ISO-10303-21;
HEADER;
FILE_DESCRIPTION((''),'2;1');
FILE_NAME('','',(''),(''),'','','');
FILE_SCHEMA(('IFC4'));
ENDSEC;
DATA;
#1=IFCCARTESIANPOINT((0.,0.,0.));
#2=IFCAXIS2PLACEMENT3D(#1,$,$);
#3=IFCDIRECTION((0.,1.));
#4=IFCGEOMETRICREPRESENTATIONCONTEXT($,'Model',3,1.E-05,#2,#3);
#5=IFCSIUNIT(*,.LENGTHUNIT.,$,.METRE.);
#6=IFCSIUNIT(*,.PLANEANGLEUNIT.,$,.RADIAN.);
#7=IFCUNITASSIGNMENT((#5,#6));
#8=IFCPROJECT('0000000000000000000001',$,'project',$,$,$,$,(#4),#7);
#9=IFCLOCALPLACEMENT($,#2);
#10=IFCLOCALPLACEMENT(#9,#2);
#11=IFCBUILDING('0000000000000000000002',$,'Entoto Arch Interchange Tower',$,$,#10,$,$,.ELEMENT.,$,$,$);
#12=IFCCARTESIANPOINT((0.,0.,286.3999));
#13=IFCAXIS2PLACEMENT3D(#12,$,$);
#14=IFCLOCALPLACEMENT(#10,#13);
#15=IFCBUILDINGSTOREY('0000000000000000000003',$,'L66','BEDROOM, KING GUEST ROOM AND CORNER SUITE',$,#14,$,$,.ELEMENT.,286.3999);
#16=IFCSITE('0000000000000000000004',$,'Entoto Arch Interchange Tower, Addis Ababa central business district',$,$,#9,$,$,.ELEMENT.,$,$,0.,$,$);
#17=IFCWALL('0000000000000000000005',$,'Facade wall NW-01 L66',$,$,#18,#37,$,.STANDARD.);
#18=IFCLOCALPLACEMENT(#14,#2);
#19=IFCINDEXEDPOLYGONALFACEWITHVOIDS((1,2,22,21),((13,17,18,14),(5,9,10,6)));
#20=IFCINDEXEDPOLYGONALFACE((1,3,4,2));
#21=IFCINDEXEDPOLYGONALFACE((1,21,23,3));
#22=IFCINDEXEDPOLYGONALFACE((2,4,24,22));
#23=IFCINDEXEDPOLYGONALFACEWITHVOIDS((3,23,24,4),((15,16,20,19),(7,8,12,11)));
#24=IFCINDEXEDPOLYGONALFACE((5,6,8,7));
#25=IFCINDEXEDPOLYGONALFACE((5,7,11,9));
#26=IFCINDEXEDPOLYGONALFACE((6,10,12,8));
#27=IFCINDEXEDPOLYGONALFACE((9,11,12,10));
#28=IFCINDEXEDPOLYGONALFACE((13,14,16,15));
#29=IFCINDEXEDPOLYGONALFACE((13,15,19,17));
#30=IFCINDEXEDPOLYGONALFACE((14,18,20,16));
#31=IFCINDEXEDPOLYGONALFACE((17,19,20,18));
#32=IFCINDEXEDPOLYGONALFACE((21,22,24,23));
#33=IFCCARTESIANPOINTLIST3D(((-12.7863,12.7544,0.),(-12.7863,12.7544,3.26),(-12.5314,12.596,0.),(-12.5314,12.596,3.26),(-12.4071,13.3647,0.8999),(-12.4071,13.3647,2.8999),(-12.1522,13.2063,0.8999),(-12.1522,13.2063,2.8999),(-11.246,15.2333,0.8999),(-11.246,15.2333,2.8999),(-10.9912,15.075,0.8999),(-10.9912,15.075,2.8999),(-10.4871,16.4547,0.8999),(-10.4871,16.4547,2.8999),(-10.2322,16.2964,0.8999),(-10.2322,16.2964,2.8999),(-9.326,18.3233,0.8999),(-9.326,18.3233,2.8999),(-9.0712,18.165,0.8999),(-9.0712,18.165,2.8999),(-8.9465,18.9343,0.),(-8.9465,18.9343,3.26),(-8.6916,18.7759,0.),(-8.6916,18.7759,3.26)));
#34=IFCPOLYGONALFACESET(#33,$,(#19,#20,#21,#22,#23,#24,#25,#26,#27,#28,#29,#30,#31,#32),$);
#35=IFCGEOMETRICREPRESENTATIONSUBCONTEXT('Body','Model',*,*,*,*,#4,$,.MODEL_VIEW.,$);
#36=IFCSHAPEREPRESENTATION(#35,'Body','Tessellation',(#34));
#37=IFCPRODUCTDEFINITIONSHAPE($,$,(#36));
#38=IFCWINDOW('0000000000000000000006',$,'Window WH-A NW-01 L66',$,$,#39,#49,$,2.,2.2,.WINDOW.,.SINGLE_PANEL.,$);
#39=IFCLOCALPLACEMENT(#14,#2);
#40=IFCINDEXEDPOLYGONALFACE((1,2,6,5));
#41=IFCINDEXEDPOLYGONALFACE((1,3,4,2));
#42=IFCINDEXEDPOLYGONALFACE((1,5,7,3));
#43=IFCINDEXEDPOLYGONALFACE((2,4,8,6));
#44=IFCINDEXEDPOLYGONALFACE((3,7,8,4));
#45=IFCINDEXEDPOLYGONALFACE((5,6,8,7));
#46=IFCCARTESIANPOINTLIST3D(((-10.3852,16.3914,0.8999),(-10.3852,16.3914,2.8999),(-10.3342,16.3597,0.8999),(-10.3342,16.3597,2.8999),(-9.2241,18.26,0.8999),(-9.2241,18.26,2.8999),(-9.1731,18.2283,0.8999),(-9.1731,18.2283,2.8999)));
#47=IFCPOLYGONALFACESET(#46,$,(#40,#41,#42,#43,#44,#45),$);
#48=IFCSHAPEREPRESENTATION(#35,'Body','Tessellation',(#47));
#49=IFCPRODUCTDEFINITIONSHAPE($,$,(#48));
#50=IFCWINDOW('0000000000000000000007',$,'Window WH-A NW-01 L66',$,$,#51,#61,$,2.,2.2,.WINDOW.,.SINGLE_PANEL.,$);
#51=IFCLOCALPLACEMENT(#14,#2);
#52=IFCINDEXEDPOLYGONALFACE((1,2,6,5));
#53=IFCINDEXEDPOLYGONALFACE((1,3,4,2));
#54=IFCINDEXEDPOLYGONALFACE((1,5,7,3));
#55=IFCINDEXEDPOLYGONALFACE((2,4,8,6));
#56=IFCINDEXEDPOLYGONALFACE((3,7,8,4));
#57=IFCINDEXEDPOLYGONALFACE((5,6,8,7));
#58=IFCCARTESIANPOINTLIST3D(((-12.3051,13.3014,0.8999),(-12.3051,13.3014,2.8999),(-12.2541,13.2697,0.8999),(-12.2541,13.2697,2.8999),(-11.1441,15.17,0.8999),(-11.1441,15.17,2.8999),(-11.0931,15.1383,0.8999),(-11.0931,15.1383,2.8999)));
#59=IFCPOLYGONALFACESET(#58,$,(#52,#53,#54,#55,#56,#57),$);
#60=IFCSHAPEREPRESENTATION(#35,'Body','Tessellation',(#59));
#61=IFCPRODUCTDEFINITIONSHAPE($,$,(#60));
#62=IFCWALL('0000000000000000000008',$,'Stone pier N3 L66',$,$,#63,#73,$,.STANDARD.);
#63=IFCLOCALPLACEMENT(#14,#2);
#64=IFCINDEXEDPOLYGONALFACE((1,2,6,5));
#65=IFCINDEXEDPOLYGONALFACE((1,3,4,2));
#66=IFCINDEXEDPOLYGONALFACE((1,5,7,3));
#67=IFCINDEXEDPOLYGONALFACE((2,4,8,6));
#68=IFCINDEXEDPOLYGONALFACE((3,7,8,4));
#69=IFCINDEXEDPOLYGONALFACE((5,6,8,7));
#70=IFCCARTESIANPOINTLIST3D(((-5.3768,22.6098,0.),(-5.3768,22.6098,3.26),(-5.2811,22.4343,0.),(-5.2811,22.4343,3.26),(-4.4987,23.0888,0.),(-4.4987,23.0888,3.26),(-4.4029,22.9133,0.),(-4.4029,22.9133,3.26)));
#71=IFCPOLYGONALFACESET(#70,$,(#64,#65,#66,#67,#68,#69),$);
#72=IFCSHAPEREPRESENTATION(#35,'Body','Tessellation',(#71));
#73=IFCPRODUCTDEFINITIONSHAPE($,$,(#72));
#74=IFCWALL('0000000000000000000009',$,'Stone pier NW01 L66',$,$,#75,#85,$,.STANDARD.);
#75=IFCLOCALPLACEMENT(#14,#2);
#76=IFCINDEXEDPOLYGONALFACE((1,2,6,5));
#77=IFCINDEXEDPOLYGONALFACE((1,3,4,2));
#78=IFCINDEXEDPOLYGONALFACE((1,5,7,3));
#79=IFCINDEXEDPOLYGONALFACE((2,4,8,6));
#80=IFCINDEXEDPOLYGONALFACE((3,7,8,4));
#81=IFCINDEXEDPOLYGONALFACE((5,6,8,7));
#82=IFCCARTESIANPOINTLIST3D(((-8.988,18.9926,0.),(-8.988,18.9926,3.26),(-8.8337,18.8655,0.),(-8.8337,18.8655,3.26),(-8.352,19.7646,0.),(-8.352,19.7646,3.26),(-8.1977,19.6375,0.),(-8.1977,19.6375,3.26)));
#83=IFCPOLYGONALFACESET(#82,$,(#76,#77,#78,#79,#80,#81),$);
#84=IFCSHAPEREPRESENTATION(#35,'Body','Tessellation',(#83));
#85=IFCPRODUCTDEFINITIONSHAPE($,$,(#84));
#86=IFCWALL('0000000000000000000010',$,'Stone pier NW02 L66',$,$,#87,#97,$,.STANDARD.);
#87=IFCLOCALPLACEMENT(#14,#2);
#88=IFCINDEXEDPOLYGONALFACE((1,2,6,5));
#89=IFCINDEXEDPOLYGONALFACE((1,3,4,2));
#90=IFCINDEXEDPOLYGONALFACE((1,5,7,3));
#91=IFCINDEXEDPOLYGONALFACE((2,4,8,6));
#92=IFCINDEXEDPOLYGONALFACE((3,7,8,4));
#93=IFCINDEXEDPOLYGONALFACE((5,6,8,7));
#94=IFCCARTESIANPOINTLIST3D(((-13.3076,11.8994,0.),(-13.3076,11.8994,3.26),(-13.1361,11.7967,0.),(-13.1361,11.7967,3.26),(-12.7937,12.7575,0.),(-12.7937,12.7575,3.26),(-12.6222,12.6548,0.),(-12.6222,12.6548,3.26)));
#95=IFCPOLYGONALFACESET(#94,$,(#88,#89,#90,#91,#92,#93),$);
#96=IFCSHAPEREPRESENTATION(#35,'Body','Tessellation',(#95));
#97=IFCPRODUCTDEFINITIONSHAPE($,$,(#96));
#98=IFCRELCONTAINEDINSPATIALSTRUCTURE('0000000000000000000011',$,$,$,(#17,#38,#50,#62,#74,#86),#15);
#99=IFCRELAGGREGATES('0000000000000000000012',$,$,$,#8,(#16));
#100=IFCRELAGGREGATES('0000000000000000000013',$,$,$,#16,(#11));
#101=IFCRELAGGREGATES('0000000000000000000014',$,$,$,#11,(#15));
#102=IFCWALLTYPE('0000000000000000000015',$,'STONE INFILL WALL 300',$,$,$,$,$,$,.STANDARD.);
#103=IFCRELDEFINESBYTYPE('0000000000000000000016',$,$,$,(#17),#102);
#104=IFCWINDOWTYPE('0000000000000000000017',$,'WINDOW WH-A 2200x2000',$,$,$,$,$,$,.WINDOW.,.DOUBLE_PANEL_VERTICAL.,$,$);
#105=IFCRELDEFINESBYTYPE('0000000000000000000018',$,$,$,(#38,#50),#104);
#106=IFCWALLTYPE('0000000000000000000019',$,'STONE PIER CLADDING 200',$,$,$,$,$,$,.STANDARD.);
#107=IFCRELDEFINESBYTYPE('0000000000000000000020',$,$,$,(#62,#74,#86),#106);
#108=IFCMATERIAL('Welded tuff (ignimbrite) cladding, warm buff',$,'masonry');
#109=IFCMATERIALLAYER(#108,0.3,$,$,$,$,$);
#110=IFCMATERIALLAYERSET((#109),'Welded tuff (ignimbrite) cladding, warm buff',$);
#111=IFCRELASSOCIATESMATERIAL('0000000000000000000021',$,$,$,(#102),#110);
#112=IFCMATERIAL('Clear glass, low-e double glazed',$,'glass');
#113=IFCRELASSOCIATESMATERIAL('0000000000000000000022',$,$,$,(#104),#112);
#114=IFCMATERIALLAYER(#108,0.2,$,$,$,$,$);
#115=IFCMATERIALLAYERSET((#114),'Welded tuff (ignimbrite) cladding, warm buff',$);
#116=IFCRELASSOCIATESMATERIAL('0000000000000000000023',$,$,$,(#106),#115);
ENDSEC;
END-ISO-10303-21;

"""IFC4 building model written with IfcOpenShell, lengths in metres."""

from ifc_helpers import new_model, si_unit, direction, frame, frame_2d, origin, place, context, subcontext, project, spatial, rectangle, extrude, material, layer, layer_set, type_object, element, fill, save


model = new_model("IFC4")

# Units and contexts
model_context = context("Model", 3, precision=1e-05, world=origin(), true_north=direction((0.0, 1.0)))
body_context = subcontext(model_context, "Body", "Model", "MODEL_VIEW")
ifc_project = project(units=[si_unit("LENGTHUNIT", "METRE"), si_unit("PLANEANGLEUNIT", "RADIAN")], contexts=[model_context])

# Site, building, storey
site_placement = place(None, origin())
site = spatial("IfcSite", under=ifc_project, at=site_placement, Name="Entoto Arch Interchange Tower, Addis Ababa central business district", CompositionType="ELEMENT", RefElevation=0.0)
building_placement = place(site_placement, origin())
building = spatial("IfcBuilding", under=site, at=building_placement, Name="Entoto Arch Interchange Tower", CompositionType="ELEMENT")
storey_placement = place(building_placement, frame((0.0, 0.0, 286.3999)))
storey = spatial("IfcBuildingStorey", under=building, at=storey_placement, Name="L66", Description="BEDROOM, KING GUEST ROOM AND CORNER SUITE", CompositionType="ELEMENT", Elevation=286.3999)

# Shared definitions
ifc_material_1 = material(Name="Welded tuff (ignimbrite) cladding, warm buff", Category="masonry")
ifc_layer_1 = layer(ifc_material_1, 0.3)
ifc_layer_set_1 = layer_set([ifc_layer_1], Name="Welded tuff (ignimbrite) cladding, warm buff")
wall_type_1 = type_object("IfcWallType", Name="STONE INFILL WALL 300", PredefinedType="STANDARD", material=ifc_layer_set_1)
ifc_material_2 = material(Name="Clear glass, low-e double glazed", Category="glass")

# Wall, openings, windows
wall_1_placement = place(storey_placement, frame((-8.8191, 18.855, 0.0), z_axis=(0.0, 0.0, 1.0), x_axis=(-0.527762, -0.849392, 0.0)))
wall_1 = element("IfcWall", 1, at=wall_1_placement, inside=storey, type_object=wall_type_1, Name="Facade wall NW-01 L66", PredefinedType="STANDARD", context=body_context, shape_type="SweptSolid", body=[
    extrude(rectangle(XDim=7.2756, YDim=0.3, at=frame_2d((3.6377, 0.0))), origin(), (0.0, 0.0, 1.0), 3.26),
])
opening_1_placement = place(wall_1_placement, frame((0.719, 0.0, 0.8999)))
opening_1 = element("IfcOpeningElement", 2, at=opening_1_placement, cuts=wall_1, PredefinedType="OPENING", context=body_context, shape_type="SweptSolid", body=[
    extrude(rectangle(XDim=2.2, YDim=2.0, at=frame_2d((1.1001, 1.0))), frame((0.0, 0.1602, 0.0), z_axis=(0.0, -1.0, 0.0), x_axis=(1.0, 0.0, 0.0)), (0.0, 0.0, 1.0), 0.3201),
])
opening_2_placement = place(wall_1_placement, frame((4.3569, 0.0, 0.8999)))
opening_2 = element("IfcOpeningElement", 3, at=opening_2_placement, cuts=wall_1, PredefinedType="OPENING", context=body_context, shape_type="SweptSolid", body=[
    extrude(rectangle(XDim=2.2, YDim=2.0, at=frame_2d((1.1001, 1.0))), frame((0.0, 0.1602, 0.0), z_axis=(0.0, -1.0, 0.0), x_axis=(1.0, 0.0, 0.0)), (0.0, 0.0, 1.0), 0.3201),
])
window_type_1 = type_object("IfcWindowType", Name="WINDOW WH-A 2200x2000", PartitioningType="DOUBLE_PANEL_VERTICAL", PredefinedType="WINDOW", material=ifc_material_2)
window_1_placement = place(opening_1_placement, origin())
window_1 = element("IfcWindow", 4, at=window_1_placement, inside=storey, type_object=window_type_1, Name="Window WH-A NW-01 L66", OverallHeight=2.0, OverallWidth=2.2, PartitioningType="SINGLE_PANEL", PredefinedType="WINDOW", context=body_context, shape_type="SweptSolid", body=[
    extrude(rectangle(XDim=2.2, YDim=2.0, at=frame_2d((1.1001, 1.0))), frame((0.0, 0.03, 0.0), z_axis=(0.0, -1.0, 0.0), x_axis=(1.0, 0.0, 0.0)), (0.0, 0.0, 1.0), 0.0601),
])
fill(opening_1, window_1)
window_2_placement = place(opening_2_placement, origin())
window_2 = element("IfcWindow", 5, at=window_2_placement, inside=storey, type_object=window_type_1, Name="Window WH-A NW-01 L66", OverallHeight=2.0, OverallWidth=2.2, PartitioningType="SINGLE_PANEL", PredefinedType="WINDOW", context=body_context, shape_type="SweptSolid", body=[
    extrude(rectangle(XDim=2.2, YDim=2.0, at=frame_2d((1.1001, 1.0))), frame((0.0, 0.03, 0.0), z_axis=(0.0, -1.0, 0.0), x_axis=(1.0, 0.0, 0.0)), (0.0, 0.0, 1.0), 0.0601),
])
fill(opening_2, window_2)

# Walls
ifc_layer_2 = layer(ifc_material_1, 0.2)
ifc_layer_set_2 = layer_set([ifc_layer_2], Name="Welded tuff (ignimbrite) cladding, warm buff")
wall_type_2 = type_object("IfcWallType", Name="STONE PIER CLADDING 200", PredefinedType="STANDARD", material=ifc_layer_set_2)
for number, where, z_axis, x_axis, name in (
    (6, (-4.4509, 23.001, 0.0), (0.0, 0.0, 1.0), (-0.877896, -0.478852, 0.0), "Stone pier N3 L66"),
    (7, (-8.2749, 19.7009, 0.0), (0.0, 0.0, 1.0), (-0.635853, -0.77181, 0.0), "Stone pier NW01 L66"),
    (8, (-12.708, 12.7061, 0.0), (0.0, 0.0, 1.0), (-0.513778, -0.857923, 0.0), "Stone pier NW02 L66"),
):
    element("IfcWall", number, at=place(storey_placement, frame(where, z_axis=z_axis, x_axis=x_axis)), inside=storey, type_object=wall_type_2, Name=name, PredefinedType="STANDARD", context=body_context, shape_type="SweptSolid", body=[
        extrude(rectangle(XDim=1.0002, YDim=0.2, at=frame_2d((0.5, 0.0))), origin(), (0.0, 0.0, 1.0), 3.26),
    ])

save(model, "model.ifc")
